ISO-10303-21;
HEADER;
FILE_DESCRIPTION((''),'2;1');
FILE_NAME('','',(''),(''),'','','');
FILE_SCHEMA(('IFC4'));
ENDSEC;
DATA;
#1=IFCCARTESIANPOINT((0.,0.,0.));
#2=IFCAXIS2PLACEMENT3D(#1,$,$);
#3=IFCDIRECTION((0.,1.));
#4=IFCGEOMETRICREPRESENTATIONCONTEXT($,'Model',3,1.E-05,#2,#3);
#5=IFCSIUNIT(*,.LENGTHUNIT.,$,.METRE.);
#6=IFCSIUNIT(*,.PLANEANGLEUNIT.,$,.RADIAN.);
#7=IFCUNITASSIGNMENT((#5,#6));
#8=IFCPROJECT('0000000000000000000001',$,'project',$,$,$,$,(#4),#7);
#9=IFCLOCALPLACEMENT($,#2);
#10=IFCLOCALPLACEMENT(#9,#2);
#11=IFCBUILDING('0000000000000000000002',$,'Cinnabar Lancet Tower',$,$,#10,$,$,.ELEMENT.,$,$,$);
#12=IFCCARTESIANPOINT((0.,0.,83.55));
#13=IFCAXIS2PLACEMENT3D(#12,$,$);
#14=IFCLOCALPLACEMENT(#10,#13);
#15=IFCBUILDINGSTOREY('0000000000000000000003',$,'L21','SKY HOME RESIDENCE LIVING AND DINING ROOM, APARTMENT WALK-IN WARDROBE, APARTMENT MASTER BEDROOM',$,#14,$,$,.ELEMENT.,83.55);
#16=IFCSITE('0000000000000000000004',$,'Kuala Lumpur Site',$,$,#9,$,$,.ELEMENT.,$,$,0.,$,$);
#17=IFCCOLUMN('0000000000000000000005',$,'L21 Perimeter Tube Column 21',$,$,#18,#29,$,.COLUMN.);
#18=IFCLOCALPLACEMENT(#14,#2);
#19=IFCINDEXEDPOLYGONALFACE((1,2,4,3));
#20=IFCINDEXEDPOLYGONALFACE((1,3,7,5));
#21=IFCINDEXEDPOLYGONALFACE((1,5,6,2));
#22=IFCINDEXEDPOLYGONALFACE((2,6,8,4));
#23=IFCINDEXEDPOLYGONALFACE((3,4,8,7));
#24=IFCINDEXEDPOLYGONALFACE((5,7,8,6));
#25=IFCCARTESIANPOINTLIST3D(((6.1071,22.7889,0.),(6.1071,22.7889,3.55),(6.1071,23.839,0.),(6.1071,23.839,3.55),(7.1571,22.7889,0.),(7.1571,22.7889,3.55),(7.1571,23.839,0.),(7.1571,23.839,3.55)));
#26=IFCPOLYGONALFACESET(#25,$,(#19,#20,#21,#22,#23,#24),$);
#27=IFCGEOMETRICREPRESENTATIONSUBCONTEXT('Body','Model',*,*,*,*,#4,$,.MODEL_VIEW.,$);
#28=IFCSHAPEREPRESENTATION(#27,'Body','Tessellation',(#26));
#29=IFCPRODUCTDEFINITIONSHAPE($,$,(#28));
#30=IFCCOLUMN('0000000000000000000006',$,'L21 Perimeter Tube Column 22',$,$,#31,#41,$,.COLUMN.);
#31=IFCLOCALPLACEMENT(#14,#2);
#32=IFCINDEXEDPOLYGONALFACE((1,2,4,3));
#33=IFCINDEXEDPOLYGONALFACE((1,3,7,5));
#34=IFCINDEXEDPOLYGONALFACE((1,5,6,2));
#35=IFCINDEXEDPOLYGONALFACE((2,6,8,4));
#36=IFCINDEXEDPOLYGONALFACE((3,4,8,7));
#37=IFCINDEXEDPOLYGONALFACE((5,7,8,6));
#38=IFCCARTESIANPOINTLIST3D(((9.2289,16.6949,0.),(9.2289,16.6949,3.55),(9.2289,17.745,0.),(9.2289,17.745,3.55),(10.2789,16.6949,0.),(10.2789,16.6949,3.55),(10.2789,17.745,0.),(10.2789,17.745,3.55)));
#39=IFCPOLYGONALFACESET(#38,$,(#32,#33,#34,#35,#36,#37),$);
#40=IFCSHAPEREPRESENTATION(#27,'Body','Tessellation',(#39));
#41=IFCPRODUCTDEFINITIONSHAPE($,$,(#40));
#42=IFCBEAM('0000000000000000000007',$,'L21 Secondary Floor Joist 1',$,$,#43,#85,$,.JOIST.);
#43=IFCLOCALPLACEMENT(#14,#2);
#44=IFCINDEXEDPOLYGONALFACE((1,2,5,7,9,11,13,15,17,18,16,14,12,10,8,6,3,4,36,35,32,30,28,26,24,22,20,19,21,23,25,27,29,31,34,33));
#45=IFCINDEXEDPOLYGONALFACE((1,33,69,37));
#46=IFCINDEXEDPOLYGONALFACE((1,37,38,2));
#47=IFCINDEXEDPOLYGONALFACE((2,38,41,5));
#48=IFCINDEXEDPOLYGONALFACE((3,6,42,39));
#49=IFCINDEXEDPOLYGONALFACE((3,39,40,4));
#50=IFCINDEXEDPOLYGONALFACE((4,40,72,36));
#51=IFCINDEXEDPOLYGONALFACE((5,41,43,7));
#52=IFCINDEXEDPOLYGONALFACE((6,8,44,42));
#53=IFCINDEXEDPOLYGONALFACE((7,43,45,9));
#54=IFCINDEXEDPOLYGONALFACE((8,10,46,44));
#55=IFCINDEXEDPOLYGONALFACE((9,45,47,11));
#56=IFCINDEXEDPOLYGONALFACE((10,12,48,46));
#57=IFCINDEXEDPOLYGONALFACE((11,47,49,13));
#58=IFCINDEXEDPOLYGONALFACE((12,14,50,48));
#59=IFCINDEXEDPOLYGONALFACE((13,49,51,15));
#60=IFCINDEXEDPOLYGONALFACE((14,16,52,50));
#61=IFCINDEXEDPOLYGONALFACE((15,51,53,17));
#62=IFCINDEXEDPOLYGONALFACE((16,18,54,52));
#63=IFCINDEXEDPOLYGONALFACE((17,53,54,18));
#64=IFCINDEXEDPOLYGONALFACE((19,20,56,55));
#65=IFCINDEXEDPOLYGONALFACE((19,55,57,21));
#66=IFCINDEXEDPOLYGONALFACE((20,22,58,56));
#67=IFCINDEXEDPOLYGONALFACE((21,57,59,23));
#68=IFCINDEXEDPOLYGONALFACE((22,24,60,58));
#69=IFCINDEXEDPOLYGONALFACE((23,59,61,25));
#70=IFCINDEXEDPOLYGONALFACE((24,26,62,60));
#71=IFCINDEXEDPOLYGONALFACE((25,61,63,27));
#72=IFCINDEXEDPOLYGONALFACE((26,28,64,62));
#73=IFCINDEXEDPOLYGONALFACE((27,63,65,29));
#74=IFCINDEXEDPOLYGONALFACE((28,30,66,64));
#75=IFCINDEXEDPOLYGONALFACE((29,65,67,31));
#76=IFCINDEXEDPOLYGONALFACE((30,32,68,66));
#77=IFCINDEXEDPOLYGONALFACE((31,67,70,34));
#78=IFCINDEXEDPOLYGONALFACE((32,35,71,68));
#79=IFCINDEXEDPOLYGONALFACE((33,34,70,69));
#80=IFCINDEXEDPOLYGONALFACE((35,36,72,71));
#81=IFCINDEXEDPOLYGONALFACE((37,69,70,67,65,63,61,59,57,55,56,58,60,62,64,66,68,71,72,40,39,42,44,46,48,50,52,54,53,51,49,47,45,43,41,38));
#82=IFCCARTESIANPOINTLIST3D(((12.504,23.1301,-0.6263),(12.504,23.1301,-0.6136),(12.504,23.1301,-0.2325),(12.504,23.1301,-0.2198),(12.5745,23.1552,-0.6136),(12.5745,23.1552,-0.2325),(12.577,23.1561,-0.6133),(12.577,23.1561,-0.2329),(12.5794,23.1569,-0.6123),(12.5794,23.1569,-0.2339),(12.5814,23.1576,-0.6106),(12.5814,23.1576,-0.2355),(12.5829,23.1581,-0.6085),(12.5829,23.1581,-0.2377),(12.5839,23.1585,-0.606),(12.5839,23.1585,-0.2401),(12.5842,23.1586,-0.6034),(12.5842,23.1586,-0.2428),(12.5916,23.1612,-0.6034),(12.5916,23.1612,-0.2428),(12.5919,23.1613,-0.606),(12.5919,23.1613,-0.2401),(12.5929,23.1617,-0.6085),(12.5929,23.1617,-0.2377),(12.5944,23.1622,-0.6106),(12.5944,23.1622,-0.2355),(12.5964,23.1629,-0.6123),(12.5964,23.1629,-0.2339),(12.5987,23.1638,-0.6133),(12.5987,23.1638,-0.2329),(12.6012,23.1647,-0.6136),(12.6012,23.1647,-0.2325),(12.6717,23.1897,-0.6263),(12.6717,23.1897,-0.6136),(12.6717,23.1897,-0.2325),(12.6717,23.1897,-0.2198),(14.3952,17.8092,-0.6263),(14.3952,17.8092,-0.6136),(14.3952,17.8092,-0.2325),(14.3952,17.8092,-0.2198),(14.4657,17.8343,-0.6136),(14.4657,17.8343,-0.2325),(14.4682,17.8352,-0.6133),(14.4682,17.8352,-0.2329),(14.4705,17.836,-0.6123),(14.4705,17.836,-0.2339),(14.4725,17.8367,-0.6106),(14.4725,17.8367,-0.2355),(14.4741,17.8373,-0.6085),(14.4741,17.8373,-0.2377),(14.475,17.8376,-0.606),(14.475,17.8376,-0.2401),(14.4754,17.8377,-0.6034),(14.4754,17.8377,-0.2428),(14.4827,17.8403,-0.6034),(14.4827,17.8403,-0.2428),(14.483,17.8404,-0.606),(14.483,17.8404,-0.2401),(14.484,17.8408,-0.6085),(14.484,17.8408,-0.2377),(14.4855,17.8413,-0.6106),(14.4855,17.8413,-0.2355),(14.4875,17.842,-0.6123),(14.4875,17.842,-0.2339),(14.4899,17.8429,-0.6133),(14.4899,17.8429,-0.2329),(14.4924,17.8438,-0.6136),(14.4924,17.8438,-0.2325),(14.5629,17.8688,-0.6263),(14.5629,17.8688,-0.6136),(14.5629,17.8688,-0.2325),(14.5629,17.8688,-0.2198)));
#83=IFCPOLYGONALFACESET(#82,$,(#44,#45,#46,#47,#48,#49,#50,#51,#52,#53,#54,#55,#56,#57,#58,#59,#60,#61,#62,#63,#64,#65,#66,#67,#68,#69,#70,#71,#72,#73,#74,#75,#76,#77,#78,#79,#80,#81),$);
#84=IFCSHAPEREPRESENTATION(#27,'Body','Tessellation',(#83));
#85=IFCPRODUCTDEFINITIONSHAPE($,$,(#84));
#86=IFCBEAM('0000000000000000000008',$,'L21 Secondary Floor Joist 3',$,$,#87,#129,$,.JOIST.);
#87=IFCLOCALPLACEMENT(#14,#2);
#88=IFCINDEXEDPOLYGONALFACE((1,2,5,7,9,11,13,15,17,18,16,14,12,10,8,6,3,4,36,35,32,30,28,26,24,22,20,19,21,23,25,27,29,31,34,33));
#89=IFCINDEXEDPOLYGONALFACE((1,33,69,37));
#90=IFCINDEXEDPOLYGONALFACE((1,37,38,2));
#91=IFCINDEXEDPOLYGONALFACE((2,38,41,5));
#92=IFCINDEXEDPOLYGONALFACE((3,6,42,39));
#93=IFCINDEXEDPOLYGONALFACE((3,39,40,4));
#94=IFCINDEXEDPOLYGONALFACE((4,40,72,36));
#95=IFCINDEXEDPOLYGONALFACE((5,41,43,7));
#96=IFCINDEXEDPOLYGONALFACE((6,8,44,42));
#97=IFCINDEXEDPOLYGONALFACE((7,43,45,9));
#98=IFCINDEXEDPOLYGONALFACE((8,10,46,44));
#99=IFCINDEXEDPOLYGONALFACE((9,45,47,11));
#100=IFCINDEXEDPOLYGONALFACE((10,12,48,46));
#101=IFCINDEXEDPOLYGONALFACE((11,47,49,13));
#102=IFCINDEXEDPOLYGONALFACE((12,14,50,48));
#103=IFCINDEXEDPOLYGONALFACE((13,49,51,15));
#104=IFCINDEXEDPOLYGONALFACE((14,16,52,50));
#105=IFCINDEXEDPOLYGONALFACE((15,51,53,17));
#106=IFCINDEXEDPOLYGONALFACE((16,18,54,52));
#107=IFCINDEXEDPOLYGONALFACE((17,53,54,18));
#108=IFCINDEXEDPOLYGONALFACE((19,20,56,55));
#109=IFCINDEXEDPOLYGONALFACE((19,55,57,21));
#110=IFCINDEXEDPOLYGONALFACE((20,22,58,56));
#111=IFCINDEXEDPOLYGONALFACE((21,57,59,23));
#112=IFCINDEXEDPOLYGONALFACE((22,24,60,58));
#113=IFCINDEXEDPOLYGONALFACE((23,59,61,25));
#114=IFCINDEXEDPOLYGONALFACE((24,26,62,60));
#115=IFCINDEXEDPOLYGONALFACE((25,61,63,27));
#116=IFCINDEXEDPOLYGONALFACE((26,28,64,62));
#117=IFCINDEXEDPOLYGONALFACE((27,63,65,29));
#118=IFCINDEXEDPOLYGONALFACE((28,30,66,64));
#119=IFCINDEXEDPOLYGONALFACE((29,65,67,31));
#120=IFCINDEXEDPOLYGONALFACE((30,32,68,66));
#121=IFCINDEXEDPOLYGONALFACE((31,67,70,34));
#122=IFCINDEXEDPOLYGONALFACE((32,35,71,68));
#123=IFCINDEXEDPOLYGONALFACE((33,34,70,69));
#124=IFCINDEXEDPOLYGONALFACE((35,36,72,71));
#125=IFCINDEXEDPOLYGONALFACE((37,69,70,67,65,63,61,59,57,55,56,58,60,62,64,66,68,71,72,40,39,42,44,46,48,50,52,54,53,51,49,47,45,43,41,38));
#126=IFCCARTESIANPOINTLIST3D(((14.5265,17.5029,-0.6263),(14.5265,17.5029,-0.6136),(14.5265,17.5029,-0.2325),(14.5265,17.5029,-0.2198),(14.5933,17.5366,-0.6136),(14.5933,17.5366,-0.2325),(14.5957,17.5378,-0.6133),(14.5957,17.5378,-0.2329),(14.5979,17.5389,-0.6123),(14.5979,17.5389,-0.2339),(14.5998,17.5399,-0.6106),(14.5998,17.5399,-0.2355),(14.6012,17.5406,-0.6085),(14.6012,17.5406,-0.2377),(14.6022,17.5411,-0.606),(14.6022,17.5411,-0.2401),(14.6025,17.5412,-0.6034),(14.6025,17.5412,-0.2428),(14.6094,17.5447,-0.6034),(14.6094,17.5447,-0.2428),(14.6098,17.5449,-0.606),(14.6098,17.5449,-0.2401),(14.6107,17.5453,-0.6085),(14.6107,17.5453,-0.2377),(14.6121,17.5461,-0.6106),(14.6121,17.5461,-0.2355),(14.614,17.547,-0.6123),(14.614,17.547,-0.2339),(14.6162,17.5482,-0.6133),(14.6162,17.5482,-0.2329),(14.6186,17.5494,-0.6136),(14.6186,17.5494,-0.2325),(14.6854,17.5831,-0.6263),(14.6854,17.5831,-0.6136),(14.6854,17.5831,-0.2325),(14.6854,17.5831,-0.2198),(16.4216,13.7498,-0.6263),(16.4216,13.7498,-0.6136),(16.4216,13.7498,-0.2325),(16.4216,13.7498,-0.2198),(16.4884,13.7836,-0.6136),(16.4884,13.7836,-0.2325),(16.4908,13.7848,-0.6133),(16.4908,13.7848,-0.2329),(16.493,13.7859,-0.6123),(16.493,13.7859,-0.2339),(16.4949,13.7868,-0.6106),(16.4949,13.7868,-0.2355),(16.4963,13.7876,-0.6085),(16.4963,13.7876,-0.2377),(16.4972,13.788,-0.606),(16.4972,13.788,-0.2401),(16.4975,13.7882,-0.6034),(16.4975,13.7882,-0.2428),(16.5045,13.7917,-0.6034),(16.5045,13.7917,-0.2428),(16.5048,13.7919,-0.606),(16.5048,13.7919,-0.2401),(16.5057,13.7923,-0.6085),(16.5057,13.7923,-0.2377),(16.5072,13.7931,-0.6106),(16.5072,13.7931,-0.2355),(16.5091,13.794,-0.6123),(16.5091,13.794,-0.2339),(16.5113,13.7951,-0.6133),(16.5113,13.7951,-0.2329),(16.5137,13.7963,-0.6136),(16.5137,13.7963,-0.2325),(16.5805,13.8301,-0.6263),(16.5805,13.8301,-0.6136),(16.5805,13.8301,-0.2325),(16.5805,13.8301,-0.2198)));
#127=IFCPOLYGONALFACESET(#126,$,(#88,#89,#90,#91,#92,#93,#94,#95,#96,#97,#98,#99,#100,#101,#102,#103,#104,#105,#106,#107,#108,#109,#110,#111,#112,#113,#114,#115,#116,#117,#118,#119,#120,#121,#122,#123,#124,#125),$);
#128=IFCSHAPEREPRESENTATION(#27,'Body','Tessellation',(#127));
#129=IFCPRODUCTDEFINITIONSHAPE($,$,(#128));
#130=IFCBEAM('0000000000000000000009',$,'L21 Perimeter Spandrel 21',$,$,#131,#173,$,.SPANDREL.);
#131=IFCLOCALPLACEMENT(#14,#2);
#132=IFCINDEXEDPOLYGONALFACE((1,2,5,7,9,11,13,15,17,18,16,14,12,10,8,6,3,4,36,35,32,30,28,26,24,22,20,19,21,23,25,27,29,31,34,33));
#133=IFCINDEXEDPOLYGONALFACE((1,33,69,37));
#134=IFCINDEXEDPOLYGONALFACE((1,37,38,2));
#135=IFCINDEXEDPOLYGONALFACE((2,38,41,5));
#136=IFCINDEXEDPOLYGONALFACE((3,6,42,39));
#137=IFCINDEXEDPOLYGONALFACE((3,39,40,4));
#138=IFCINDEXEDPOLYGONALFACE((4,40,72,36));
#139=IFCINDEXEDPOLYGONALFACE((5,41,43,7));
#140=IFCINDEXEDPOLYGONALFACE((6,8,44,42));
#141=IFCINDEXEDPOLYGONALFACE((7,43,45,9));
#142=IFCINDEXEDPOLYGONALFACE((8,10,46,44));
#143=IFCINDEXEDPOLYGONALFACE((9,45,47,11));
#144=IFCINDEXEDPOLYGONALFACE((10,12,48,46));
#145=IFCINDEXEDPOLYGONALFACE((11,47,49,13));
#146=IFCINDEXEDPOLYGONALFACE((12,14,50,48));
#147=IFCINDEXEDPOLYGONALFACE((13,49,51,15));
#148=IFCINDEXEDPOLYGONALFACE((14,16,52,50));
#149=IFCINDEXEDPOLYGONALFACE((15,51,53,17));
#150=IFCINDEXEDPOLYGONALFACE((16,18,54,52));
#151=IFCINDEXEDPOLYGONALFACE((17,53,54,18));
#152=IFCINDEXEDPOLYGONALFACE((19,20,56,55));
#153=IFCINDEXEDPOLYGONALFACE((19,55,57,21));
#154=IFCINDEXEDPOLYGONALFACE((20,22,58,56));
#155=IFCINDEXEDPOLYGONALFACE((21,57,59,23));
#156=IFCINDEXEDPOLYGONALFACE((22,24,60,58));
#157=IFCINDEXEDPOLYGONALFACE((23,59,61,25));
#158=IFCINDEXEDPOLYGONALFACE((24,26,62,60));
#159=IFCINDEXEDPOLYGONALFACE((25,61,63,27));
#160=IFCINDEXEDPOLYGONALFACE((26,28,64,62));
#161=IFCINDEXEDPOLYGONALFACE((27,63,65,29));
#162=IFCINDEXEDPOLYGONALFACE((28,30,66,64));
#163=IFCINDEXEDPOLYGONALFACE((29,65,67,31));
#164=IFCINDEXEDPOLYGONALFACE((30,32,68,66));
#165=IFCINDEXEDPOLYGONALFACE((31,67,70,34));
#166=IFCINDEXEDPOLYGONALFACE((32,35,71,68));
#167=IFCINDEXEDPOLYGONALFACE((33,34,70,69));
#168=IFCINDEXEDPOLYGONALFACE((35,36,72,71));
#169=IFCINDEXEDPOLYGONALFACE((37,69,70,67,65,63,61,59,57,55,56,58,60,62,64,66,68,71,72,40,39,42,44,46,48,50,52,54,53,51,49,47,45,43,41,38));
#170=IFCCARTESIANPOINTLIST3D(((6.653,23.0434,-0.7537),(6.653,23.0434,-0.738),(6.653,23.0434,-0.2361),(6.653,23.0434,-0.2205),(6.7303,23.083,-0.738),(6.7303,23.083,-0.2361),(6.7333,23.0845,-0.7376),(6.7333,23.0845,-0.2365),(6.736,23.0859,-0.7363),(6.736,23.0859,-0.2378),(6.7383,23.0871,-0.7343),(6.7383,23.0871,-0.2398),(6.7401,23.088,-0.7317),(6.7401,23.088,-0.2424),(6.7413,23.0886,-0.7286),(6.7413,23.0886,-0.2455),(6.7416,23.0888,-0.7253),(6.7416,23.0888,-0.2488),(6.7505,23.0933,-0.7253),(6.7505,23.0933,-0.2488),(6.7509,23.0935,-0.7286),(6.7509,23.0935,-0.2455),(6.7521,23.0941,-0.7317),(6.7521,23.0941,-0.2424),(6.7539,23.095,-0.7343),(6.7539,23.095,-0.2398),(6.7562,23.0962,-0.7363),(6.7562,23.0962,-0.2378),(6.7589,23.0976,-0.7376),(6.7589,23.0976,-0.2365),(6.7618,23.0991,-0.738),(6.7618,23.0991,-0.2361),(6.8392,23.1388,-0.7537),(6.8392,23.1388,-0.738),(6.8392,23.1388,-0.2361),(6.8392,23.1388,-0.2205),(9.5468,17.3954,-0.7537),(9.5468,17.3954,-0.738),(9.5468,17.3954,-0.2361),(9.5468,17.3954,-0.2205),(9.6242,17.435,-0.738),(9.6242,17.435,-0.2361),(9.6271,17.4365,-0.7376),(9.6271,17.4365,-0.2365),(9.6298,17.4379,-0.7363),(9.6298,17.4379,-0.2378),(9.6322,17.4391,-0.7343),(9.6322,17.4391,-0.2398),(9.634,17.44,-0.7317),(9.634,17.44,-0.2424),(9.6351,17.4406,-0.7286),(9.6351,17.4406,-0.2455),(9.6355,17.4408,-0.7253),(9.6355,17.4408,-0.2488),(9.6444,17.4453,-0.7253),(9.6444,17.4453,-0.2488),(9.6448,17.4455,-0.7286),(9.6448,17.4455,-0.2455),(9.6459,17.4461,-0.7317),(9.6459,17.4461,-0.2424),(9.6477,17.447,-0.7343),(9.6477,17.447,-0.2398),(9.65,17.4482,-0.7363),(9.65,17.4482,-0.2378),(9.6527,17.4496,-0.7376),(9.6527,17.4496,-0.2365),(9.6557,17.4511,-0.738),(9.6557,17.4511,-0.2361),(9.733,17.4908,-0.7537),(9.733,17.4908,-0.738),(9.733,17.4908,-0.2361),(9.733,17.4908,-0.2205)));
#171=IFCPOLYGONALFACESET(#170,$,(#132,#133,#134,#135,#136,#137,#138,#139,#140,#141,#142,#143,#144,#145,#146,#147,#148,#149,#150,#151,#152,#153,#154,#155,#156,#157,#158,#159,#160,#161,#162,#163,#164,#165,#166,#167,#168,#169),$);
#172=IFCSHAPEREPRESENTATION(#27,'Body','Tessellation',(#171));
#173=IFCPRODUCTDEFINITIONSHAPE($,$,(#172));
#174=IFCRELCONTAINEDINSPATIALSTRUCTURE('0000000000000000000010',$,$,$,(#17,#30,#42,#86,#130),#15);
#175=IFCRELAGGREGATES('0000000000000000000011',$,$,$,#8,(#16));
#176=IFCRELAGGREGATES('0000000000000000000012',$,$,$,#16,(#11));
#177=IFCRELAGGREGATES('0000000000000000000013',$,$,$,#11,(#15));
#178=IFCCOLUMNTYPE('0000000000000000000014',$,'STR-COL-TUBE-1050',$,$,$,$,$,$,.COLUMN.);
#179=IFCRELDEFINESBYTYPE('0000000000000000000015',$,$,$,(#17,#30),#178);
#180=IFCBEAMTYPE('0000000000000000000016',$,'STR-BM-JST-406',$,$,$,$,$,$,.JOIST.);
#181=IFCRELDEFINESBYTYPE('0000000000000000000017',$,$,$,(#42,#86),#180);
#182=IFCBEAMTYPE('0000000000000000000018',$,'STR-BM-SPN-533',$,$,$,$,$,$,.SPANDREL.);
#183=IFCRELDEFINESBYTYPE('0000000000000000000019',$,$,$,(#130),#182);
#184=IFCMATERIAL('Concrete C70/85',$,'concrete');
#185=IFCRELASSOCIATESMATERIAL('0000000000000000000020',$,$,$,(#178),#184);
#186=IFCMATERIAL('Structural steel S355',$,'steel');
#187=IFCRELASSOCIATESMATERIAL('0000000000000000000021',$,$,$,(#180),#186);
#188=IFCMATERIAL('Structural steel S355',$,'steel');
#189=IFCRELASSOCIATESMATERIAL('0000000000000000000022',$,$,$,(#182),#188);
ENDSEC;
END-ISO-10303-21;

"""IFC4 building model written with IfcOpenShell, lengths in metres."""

from ifc_helpers import new_model, si_unit, direction, frame, origin, origin_2d, place, context, subcontext, project, spatial, rectangle, i_section, extrude, material, material_profile, profile_set, type_object, element, save


model = new_model("IFC4")

# Units and contexts
model_context = context("Model", 3, precision=1e-05, world=origin(), true_north=direction((0.0, 1.0)))
body_context = subcontext(model_context, "Body", "Model", "MODEL_VIEW")
ifc_project = project(units=[si_unit("LENGTHUNIT", "METRE"), si_unit("PLANEANGLEUNIT", "RADIAN")], contexts=[model_context])

# Site, building, storey
site_placement = place(None, origin())
site = spatial("IfcSite", under=ifc_project, at=site_placement, Name="Kuala Lumpur Site", CompositionType="ELEMENT", RefElevation=0.0)
building_placement = place(site_placement, origin())
building = spatial("IfcBuilding", under=site, at=building_placement, Name="Cinnabar Lancet Tower", CompositionType="ELEMENT")
storey_placement = place(building_placement, frame((0.0, 0.0, 83.55)))
storey = spatial("IfcBuildingStorey", under=building, at=storey_placement, Name="L21", Description="SKY HOME RESIDENCE LIVING AND DINING ROOM, APARTMENT WALK-IN WARDROBE, APARTMENT MASTER BEDROOM", CompositionType="ELEMENT", Elevation=83.55)

# Columns
ifc_material_1 = material(Name="Concrete C70/85", Category="concrete")
ifc_material_profile_1 = material_profile(ifc_material_1, rectangle(XDim=1.05, YDim=1.05, at=origin_2d()), Name="RC-COL 1050x1050")
ifc_profile_set_1 = profile_set([ifc_material_profile_1], Name="Concrete C70/85")
column_type = type_object("IfcColumnType", Name="STR-COL-TUBE-1050", PredefinedType="COLUMN", material=ifc_profile_set_1)
for number, where, z_axis, x_axis, name in (
    (1, (6.6321, 23.314, 0.0), (0.0, 0.0, 1.0), (1.0, 0.0, 0.0), "L21 Perimeter Tube Column 21"),
    (2, (9.7539, 17.22, 0.0), (0.0, 0.0, 1.0), (1.0, 0.0, 0.0), "L21 Perimeter Tube Column 22"),
):
    element("IfcColumn", number, at=place(storey_placement, frame(where, z_axis=z_axis, x_axis=x_axis)), inside=storey, type_object=column_type, Name=name, PredefinedType="COLUMN", context=body_context, shape_type="SweptSolid", body=[
        extrude(rectangle(XDim=1.05, YDim=1.05, at=origin_2d()), origin(), (0.0, 0.0, 1.0), 3.55),
    ])

# Beams
ifc_material_2 = material(Name="Structural steel S355", Category="steel")
ifc_material_profile_2 = material_profile(ifc_material_2, i_section(OverallWidth=0.178, OverallDepth=0.4065, WebThickness=0.0078, FlangeThickness=0.0127, FilletRadius=0.0103, at=origin_2d()), Name="UKB 406x178x60")
ifc_profile_set_2 = profile_set([ifc_material_profile_2], Name="Structural steel S355")
beam_type_1 = type_object("IfcBeamType", Name="STR-BM-JST-406", PredefinedType="JOIST", material=ifc_profile_set_2)
beam_1_placement = place(storey_placement, frame((12.5879, 23.1599, -0.4231), z_axis=(0.334895, -0.942255, 0.0), x_axis=(0.942255, 0.334895, 0.0)))
element("IfcBeam", 3, at=beam_1_placement, inside=storey, type_object=beam_type_1, Name="L21 Secondary Floor Joist 1", PredefinedType="JOIST", context=body_context, shape_type="SweptSolid", body=[
    extrude(i_section(OverallWidth=0.178, OverallDepth=0.4065, WebThickness=0.0078, FlangeThickness=0.0127, FilletRadius=0.0103, at=origin_2d()), origin(), (0.0, 0.0, 1.0), 5.647),
])
beam_2_placement = place(storey_placement, frame((14.606, 17.543, -0.4231), z_axis=(0.450741, -0.892655, 0.0), x_axis=(0.892655, 0.450741, 0.0)))
element("IfcBeam", 4, at=beam_2_placement, inside=storey, type_object=beam_type_1, Name="L21 Secondary Floor Joist 3", PredefinedType="JOIST", context=body_context, shape_type="SweptSolid", body=[
    extrude(i_section(OverallWidth=0.178, OverallDepth=0.4065, WebThickness=0.0078, FlangeThickness=0.0127, FilletRadius=0.0103, at=origin_2d()), origin(), (0.0, 0.0, 1.0), 4.2043),
])
ifc_material_3 = material(Name="Structural steel S355", Category="steel")
ifc_material_profile_3 = material_profile(ifc_material_3, i_section(OverallWidth=0.2092, OverallDepth=0.5332, WebThickness=0.01, FlangeThickness=0.0156, FilletRadius=0.0127, at=origin_2d()), Name="UKB 533x210x92")
ifc_profile_set_3 = profile_set([ifc_material_profile_3], Name="Structural steel S355")
beam_type_2 = type_object("IfcBeamType", Name="STR-BM-SPN-533", PredefinedType="SPANDREL", material=ifc_profile_set_3)
beam_3_placement = place(storey_placement, frame((6.7461, 23.0911, -0.4871), z_axis=(0.455994, -0.889983, 0.0), x_axis=(0.889983, 0.455994, 0.0)))
element("IfcBeam", 5, at=beam_3_placement, inside=storey, type_object=beam_type_2, Name="L21 Perimeter Spandrel 21", PredefinedType="SPANDREL", context=body_context, shape_type="SweptSolid", body=[
    extrude(i_section(OverallWidth=0.2092, OverallDepth=0.5332, WebThickness=0.01, FlangeThickness=0.0156, FilletRadius=0.0127, at=origin_2d()), origin(), (0.0, 0.0, 1.0), 6.3462),
])

save(model, "model.ifc")
